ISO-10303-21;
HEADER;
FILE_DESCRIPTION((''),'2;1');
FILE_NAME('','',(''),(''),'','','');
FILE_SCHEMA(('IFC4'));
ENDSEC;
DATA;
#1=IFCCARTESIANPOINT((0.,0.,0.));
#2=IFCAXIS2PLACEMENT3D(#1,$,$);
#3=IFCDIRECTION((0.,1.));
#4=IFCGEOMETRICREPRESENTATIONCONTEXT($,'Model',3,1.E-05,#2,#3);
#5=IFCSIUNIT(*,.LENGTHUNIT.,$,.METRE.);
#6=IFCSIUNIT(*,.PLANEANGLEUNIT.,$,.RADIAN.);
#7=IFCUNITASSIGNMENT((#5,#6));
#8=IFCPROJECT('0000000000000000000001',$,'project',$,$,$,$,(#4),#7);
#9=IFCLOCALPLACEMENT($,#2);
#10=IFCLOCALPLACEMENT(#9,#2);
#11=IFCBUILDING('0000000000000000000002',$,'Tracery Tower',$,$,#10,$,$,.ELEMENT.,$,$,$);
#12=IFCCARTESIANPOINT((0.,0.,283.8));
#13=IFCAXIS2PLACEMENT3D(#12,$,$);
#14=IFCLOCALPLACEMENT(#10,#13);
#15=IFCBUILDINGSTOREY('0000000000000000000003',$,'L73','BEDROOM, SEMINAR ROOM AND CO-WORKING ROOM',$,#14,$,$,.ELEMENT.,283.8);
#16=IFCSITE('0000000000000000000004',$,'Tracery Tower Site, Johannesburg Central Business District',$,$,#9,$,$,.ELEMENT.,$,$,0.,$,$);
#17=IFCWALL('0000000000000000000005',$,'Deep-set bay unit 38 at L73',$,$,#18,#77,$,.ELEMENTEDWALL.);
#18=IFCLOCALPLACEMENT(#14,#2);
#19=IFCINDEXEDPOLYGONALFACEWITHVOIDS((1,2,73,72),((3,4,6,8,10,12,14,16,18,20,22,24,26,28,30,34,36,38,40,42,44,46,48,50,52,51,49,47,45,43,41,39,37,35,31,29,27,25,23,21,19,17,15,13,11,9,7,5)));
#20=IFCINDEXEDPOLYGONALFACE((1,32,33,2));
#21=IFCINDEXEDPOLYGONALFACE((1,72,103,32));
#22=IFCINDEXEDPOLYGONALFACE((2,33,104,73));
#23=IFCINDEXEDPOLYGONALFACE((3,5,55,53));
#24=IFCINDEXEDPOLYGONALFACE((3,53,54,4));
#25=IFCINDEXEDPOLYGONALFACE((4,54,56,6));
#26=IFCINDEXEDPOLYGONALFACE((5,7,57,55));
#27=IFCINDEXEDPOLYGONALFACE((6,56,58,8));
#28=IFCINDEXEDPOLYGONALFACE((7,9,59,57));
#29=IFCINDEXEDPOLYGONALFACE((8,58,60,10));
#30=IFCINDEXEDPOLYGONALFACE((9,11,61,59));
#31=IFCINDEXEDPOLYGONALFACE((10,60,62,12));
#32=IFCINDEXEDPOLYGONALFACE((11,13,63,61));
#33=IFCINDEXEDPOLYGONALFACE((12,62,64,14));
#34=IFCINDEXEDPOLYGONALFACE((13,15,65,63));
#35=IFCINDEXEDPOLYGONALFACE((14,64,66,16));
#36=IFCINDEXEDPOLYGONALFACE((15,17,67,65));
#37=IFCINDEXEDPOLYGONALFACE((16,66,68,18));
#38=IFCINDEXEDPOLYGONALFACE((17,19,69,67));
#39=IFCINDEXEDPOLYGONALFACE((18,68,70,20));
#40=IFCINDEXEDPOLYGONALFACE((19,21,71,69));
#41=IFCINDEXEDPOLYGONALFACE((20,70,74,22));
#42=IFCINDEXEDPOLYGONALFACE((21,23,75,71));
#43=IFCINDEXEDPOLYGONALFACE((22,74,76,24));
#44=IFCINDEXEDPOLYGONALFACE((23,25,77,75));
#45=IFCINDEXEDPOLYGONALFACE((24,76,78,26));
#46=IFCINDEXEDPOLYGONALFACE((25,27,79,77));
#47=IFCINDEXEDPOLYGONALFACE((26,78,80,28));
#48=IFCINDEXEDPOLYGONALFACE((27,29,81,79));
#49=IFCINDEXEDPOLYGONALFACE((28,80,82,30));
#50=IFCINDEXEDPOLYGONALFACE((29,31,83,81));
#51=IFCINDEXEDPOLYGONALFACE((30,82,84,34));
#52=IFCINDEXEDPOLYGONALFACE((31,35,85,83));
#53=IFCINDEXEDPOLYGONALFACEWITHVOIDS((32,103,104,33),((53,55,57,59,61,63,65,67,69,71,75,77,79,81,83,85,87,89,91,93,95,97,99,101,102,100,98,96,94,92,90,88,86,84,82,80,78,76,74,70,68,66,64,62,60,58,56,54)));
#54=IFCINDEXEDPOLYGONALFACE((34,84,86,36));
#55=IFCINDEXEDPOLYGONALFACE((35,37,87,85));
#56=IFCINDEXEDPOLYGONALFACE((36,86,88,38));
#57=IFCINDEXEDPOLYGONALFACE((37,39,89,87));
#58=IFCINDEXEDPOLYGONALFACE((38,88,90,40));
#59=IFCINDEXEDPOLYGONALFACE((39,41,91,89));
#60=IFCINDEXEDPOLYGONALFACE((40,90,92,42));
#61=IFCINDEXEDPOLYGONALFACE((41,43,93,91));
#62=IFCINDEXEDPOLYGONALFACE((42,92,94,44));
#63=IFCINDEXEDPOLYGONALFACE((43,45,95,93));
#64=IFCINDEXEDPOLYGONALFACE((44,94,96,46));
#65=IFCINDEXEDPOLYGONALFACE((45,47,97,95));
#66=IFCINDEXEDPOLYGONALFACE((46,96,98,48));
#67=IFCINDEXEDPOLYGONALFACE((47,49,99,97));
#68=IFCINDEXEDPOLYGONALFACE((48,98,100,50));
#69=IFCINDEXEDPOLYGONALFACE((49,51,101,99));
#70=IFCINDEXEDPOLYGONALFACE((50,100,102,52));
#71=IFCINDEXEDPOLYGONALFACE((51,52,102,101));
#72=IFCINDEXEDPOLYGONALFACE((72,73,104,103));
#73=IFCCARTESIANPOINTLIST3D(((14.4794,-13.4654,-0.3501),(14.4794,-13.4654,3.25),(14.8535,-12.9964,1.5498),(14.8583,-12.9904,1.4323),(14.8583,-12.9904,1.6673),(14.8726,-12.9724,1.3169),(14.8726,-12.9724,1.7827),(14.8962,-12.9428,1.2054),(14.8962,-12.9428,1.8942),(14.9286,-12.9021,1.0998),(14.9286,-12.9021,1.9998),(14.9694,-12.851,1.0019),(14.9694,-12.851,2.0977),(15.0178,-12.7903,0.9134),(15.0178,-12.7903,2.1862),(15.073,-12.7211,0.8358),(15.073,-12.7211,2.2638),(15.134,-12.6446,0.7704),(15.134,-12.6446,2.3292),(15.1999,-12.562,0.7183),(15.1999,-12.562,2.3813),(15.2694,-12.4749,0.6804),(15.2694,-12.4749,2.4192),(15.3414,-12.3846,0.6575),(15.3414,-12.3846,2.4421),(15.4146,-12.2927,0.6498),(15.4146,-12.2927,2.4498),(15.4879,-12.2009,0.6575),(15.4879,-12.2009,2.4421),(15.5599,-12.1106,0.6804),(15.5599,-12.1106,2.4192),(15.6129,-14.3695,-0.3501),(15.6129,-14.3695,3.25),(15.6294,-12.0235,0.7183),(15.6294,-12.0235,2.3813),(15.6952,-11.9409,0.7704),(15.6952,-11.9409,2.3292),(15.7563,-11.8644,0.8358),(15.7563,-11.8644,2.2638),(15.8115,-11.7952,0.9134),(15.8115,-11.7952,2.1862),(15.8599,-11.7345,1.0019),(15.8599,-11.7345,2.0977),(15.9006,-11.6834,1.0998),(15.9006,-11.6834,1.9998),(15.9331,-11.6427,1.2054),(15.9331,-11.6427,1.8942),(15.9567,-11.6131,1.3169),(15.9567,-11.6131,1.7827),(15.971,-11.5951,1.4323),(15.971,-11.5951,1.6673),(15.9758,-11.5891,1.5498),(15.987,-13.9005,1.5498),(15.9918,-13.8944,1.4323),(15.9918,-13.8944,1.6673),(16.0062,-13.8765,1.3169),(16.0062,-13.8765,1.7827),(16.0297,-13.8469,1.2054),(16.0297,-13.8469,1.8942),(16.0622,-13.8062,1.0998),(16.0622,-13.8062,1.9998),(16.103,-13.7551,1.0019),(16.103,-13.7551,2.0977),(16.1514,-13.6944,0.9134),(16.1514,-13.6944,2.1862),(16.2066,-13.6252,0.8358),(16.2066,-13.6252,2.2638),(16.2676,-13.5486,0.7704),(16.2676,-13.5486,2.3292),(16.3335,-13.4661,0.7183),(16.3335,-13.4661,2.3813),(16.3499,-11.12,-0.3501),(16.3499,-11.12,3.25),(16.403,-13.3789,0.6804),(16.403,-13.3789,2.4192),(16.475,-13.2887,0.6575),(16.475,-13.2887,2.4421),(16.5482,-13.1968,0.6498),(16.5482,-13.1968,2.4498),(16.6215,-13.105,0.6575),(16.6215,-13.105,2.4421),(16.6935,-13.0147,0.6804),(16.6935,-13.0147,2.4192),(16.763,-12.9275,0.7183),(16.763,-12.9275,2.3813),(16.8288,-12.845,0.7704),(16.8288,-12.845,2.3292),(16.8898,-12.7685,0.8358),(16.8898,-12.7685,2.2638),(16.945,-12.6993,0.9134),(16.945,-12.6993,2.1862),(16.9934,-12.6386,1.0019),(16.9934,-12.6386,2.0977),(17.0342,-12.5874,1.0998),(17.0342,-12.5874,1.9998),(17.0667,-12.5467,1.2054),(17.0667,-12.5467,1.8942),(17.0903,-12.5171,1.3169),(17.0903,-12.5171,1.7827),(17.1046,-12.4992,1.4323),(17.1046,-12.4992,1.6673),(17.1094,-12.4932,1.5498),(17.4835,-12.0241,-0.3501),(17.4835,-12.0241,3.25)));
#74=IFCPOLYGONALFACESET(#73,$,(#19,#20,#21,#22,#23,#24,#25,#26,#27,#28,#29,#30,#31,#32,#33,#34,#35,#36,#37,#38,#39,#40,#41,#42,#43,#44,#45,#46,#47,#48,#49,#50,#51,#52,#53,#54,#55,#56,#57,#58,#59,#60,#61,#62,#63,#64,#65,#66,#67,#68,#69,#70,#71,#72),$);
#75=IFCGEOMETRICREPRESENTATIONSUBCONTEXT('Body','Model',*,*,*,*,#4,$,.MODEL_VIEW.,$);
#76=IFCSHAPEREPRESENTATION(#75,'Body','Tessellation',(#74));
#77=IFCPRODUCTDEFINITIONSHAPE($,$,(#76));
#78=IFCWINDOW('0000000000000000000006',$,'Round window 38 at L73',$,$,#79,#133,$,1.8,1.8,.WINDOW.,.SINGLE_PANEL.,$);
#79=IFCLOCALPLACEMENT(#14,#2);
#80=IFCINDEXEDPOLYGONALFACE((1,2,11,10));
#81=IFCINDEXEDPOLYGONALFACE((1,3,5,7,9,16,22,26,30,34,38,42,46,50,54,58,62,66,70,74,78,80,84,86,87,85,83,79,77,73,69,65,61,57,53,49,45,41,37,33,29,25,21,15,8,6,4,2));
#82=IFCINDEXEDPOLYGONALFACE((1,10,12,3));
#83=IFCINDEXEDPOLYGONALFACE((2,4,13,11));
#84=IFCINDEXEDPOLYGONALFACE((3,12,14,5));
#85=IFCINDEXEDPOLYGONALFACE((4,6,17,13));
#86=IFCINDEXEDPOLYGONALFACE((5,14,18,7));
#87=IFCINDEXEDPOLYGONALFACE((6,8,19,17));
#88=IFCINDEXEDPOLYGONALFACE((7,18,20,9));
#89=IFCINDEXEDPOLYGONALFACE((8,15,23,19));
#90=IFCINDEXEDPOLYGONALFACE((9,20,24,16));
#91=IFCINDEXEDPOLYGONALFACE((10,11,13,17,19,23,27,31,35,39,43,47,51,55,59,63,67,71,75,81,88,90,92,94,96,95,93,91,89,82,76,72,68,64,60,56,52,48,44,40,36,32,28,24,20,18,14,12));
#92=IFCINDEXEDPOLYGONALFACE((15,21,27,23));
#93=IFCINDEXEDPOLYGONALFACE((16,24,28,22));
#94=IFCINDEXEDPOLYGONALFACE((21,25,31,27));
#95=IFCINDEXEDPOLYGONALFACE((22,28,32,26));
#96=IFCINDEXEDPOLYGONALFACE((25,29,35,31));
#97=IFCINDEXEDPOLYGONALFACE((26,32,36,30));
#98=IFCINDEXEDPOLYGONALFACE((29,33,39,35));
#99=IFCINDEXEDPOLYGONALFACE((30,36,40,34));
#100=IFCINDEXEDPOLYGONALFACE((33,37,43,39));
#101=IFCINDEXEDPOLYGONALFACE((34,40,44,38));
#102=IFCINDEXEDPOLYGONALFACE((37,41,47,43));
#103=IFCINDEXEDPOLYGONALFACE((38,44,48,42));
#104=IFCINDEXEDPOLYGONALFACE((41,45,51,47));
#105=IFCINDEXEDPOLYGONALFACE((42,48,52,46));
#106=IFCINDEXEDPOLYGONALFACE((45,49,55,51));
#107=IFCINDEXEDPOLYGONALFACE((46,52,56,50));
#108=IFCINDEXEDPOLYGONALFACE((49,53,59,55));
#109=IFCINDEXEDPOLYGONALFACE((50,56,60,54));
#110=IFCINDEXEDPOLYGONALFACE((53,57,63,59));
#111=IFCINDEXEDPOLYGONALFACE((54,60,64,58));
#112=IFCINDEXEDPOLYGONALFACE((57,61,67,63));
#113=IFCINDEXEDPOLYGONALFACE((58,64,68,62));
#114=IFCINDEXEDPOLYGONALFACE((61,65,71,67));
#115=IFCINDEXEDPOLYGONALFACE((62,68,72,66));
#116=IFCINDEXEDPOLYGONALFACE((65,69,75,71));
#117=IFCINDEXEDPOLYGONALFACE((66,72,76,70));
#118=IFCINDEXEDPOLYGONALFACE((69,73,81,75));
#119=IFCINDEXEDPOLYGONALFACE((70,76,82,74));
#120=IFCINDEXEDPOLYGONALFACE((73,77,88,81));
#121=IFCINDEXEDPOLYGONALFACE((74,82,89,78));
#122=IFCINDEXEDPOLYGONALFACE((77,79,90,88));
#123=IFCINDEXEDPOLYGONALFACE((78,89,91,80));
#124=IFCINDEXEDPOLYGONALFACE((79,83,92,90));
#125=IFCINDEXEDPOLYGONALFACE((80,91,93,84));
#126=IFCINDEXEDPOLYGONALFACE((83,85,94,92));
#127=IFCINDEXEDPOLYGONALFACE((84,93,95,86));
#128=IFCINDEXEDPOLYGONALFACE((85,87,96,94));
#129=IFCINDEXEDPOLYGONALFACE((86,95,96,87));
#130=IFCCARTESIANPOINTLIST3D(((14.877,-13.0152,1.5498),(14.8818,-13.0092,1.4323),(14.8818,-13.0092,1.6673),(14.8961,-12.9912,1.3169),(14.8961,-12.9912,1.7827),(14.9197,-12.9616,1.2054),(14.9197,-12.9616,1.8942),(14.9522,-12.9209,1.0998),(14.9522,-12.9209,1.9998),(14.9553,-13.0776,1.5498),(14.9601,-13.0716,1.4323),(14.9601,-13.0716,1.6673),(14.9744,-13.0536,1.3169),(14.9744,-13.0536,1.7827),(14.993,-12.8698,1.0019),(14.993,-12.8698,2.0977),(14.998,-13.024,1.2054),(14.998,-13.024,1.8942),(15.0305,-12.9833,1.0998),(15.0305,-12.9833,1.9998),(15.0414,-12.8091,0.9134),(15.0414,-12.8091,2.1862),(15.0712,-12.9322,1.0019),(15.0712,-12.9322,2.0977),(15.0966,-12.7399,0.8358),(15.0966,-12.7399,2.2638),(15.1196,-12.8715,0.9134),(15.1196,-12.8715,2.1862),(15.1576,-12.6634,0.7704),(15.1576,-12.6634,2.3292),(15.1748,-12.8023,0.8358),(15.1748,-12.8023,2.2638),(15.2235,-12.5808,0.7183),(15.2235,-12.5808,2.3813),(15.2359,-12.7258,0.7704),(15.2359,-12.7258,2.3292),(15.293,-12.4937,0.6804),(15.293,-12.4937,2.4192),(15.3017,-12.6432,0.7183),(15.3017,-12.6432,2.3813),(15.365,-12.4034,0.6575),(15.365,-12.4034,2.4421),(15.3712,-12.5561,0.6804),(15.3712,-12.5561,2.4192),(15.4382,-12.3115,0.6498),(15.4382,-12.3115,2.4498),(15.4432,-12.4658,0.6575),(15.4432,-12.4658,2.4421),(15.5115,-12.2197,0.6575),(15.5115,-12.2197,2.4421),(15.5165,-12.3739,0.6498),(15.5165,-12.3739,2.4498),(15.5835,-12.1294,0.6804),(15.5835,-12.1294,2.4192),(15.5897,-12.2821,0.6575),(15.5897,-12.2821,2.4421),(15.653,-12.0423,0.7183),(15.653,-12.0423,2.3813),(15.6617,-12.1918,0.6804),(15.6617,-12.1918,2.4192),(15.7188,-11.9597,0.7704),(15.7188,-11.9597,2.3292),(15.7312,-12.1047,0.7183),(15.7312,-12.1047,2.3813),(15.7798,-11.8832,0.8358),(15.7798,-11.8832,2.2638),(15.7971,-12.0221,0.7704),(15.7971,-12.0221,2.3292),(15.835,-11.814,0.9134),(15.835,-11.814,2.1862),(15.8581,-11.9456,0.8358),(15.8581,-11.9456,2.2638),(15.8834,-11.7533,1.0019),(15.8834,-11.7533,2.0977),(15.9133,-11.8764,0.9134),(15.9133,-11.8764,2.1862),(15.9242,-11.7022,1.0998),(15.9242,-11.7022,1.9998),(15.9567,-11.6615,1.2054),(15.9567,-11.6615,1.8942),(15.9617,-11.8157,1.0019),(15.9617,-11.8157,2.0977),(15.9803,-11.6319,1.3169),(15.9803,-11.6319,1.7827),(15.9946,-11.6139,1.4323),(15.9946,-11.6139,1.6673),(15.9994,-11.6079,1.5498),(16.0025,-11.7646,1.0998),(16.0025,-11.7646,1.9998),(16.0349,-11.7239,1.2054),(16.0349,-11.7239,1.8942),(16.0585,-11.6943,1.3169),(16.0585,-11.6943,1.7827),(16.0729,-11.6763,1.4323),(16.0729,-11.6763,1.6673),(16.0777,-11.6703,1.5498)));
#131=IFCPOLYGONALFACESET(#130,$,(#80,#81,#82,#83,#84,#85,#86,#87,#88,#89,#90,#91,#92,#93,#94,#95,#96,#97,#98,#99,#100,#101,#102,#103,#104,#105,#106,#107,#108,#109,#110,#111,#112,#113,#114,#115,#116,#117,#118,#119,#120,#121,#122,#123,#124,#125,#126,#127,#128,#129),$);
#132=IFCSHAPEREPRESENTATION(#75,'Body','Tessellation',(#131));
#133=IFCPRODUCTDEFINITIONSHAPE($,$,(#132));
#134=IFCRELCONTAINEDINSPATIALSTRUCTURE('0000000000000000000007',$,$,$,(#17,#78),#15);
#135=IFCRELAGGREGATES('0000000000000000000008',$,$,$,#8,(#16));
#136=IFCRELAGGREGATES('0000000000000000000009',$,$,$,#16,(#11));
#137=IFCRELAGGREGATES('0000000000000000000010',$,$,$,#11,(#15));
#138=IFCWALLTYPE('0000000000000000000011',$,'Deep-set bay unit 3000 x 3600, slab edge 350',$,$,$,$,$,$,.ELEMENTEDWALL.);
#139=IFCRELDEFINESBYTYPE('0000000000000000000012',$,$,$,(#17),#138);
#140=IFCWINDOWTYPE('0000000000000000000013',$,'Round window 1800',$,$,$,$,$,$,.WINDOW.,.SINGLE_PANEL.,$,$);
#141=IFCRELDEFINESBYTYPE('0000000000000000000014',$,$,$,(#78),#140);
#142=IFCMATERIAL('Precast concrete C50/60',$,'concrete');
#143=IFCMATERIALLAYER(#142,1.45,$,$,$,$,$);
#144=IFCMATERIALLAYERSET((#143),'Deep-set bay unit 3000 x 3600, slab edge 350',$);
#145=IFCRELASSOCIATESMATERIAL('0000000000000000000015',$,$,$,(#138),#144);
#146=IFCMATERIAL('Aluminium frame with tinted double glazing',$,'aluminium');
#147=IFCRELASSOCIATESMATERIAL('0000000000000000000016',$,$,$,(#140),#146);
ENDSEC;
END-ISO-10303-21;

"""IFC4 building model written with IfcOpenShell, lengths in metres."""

from ifc_helpers import new_model, si_unit, direction, frame, frame_2d, origin, origin_2d, place, context, subcontext, project, spatial, rectangle, circle, extrude, material, layer, layer_set, type_object, element, fill, save


model = new_model("IFC4")

# Units and contexts
model_context = context("Model", 3, precision=1e-05, world=origin(), true_north=direction((0.0, 1.0)))
body_context = subcontext(model_context, "Body", "Model", "MODEL_VIEW")
ifc_project = project(units=[si_unit("LENGTHUNIT", "METRE"), si_unit("PLANEANGLEUNIT", "RADIAN")], contexts=[model_context])

# Site, building, storey
site_placement = place(None, origin())
site = spatial("IfcSite", under=ifc_project, at=site_placement, Name="Tracery Tower Site, Johannesburg Central Business District", CompositionType="ELEMENT", RefElevation=0.0)
building_placement = place(site_placement, origin())
building = spatial("IfcBuilding", under=site, at=building_placement, Name="Tracery Tower", CompositionType="ELEMENT")
storey_placement = place(building_placement, frame((0.0, 0.0, 283.8)))
storey = spatial("IfcBuildingStorey", under=building, at=storey_placement, Name="L73", Description="BEDROOM, SEMINAR ROOM AND CO-WORKING ROOM", CompositionType="ELEMENT", Elevation=283.8)

# Wall, opening, window
ifc_material_1 = material(Name="Precast concrete C50/60", Category="concrete")
ifc_layer_1 = layer(ifc_material_1, 1.45)
ifc_layer_set_1 = layer_set([ifc_layer_1], Name="Deep-set bay unit 3000 x 3600, slab edge 350")
wall_type_1 = type_object("IfcWallType", Name="Deep-set bay unit 3000 x 3600, slab edge 350", PredefinedType="ELEMENTEDWALL", material=ifc_layer_set_1)
ifc_material_2 = material(Name="Aluminium frame with tinted double glazing", Category="aluminium")
window_type = type_object("IfcWindowType", Name="Round window 1800", PartitioningType="SINGLE_PANEL", PredefinedType="WINDOW", material=ifc_material_2)
wall_1_placement = place(storey_placement, frame((15.0461, -13.9175, -0.3501), z_axis=(0.0, 0.0, 1.0), x_axis=(0.623523, 0.781805, 0.0)))
wall_1 = element("IfcWall", 1, at=wall_1_placement, inside=storey, type_object=wall_type_1, Name="Deep-set bay unit 38 at L73", PredefinedType="ELEMENTEDWALL", context=body_context, shape_type="SweptSolid", body=[
    extrude(rectangle(XDim=3.0, YDim=1.45, at=frame_2d((1.5, 0.0))), origin(), (0.0, 0.0, 1.0), 3.6001),
])
opening_1_placement = place(wall_1_placement, frame((1.5, 0.0, 1.8999)))
opening_1 = element("IfcOpeningElement", 2, at=opening_1_placement, cuts=wall_1, PredefinedType="OPENING", context=body_context, shape_type="SweptSolid", body=[
    extrude(circle(Radius=0.9, at=origin_2d()), frame((0.0, 0.7349, 0.0), z_axis=(0.0, -1.0, 0.0), x_axis=(1.0, 0.0, 0.0)), (0.0, 0.0, 1.0), 1.47),
])
window_1_placement = place(opening_1_placement, origin())
window_1 = element("IfcWindow", 3, at=window_1_placement, inside=storey, type_object=window_type, Name="Round window 38 at L73", OverallHeight=1.8, OverallWidth=1.8, PartitioningType="SINGLE_PANEL", PredefinedType="WINDOW", context=body_context, shape_type="SweptSolid", body=[
    extrude(circle(Radius=0.9, at=origin_2d()), frame((0.0, 0.6948, 0.0), z_axis=(0.0, -1.0, 0.0), x_axis=(1.0, 0.0, 0.0)), (0.0, 0.0, 1.0), 0.1001),
])
fill(opening_1, window_1)

save(model, "model.ifc")
